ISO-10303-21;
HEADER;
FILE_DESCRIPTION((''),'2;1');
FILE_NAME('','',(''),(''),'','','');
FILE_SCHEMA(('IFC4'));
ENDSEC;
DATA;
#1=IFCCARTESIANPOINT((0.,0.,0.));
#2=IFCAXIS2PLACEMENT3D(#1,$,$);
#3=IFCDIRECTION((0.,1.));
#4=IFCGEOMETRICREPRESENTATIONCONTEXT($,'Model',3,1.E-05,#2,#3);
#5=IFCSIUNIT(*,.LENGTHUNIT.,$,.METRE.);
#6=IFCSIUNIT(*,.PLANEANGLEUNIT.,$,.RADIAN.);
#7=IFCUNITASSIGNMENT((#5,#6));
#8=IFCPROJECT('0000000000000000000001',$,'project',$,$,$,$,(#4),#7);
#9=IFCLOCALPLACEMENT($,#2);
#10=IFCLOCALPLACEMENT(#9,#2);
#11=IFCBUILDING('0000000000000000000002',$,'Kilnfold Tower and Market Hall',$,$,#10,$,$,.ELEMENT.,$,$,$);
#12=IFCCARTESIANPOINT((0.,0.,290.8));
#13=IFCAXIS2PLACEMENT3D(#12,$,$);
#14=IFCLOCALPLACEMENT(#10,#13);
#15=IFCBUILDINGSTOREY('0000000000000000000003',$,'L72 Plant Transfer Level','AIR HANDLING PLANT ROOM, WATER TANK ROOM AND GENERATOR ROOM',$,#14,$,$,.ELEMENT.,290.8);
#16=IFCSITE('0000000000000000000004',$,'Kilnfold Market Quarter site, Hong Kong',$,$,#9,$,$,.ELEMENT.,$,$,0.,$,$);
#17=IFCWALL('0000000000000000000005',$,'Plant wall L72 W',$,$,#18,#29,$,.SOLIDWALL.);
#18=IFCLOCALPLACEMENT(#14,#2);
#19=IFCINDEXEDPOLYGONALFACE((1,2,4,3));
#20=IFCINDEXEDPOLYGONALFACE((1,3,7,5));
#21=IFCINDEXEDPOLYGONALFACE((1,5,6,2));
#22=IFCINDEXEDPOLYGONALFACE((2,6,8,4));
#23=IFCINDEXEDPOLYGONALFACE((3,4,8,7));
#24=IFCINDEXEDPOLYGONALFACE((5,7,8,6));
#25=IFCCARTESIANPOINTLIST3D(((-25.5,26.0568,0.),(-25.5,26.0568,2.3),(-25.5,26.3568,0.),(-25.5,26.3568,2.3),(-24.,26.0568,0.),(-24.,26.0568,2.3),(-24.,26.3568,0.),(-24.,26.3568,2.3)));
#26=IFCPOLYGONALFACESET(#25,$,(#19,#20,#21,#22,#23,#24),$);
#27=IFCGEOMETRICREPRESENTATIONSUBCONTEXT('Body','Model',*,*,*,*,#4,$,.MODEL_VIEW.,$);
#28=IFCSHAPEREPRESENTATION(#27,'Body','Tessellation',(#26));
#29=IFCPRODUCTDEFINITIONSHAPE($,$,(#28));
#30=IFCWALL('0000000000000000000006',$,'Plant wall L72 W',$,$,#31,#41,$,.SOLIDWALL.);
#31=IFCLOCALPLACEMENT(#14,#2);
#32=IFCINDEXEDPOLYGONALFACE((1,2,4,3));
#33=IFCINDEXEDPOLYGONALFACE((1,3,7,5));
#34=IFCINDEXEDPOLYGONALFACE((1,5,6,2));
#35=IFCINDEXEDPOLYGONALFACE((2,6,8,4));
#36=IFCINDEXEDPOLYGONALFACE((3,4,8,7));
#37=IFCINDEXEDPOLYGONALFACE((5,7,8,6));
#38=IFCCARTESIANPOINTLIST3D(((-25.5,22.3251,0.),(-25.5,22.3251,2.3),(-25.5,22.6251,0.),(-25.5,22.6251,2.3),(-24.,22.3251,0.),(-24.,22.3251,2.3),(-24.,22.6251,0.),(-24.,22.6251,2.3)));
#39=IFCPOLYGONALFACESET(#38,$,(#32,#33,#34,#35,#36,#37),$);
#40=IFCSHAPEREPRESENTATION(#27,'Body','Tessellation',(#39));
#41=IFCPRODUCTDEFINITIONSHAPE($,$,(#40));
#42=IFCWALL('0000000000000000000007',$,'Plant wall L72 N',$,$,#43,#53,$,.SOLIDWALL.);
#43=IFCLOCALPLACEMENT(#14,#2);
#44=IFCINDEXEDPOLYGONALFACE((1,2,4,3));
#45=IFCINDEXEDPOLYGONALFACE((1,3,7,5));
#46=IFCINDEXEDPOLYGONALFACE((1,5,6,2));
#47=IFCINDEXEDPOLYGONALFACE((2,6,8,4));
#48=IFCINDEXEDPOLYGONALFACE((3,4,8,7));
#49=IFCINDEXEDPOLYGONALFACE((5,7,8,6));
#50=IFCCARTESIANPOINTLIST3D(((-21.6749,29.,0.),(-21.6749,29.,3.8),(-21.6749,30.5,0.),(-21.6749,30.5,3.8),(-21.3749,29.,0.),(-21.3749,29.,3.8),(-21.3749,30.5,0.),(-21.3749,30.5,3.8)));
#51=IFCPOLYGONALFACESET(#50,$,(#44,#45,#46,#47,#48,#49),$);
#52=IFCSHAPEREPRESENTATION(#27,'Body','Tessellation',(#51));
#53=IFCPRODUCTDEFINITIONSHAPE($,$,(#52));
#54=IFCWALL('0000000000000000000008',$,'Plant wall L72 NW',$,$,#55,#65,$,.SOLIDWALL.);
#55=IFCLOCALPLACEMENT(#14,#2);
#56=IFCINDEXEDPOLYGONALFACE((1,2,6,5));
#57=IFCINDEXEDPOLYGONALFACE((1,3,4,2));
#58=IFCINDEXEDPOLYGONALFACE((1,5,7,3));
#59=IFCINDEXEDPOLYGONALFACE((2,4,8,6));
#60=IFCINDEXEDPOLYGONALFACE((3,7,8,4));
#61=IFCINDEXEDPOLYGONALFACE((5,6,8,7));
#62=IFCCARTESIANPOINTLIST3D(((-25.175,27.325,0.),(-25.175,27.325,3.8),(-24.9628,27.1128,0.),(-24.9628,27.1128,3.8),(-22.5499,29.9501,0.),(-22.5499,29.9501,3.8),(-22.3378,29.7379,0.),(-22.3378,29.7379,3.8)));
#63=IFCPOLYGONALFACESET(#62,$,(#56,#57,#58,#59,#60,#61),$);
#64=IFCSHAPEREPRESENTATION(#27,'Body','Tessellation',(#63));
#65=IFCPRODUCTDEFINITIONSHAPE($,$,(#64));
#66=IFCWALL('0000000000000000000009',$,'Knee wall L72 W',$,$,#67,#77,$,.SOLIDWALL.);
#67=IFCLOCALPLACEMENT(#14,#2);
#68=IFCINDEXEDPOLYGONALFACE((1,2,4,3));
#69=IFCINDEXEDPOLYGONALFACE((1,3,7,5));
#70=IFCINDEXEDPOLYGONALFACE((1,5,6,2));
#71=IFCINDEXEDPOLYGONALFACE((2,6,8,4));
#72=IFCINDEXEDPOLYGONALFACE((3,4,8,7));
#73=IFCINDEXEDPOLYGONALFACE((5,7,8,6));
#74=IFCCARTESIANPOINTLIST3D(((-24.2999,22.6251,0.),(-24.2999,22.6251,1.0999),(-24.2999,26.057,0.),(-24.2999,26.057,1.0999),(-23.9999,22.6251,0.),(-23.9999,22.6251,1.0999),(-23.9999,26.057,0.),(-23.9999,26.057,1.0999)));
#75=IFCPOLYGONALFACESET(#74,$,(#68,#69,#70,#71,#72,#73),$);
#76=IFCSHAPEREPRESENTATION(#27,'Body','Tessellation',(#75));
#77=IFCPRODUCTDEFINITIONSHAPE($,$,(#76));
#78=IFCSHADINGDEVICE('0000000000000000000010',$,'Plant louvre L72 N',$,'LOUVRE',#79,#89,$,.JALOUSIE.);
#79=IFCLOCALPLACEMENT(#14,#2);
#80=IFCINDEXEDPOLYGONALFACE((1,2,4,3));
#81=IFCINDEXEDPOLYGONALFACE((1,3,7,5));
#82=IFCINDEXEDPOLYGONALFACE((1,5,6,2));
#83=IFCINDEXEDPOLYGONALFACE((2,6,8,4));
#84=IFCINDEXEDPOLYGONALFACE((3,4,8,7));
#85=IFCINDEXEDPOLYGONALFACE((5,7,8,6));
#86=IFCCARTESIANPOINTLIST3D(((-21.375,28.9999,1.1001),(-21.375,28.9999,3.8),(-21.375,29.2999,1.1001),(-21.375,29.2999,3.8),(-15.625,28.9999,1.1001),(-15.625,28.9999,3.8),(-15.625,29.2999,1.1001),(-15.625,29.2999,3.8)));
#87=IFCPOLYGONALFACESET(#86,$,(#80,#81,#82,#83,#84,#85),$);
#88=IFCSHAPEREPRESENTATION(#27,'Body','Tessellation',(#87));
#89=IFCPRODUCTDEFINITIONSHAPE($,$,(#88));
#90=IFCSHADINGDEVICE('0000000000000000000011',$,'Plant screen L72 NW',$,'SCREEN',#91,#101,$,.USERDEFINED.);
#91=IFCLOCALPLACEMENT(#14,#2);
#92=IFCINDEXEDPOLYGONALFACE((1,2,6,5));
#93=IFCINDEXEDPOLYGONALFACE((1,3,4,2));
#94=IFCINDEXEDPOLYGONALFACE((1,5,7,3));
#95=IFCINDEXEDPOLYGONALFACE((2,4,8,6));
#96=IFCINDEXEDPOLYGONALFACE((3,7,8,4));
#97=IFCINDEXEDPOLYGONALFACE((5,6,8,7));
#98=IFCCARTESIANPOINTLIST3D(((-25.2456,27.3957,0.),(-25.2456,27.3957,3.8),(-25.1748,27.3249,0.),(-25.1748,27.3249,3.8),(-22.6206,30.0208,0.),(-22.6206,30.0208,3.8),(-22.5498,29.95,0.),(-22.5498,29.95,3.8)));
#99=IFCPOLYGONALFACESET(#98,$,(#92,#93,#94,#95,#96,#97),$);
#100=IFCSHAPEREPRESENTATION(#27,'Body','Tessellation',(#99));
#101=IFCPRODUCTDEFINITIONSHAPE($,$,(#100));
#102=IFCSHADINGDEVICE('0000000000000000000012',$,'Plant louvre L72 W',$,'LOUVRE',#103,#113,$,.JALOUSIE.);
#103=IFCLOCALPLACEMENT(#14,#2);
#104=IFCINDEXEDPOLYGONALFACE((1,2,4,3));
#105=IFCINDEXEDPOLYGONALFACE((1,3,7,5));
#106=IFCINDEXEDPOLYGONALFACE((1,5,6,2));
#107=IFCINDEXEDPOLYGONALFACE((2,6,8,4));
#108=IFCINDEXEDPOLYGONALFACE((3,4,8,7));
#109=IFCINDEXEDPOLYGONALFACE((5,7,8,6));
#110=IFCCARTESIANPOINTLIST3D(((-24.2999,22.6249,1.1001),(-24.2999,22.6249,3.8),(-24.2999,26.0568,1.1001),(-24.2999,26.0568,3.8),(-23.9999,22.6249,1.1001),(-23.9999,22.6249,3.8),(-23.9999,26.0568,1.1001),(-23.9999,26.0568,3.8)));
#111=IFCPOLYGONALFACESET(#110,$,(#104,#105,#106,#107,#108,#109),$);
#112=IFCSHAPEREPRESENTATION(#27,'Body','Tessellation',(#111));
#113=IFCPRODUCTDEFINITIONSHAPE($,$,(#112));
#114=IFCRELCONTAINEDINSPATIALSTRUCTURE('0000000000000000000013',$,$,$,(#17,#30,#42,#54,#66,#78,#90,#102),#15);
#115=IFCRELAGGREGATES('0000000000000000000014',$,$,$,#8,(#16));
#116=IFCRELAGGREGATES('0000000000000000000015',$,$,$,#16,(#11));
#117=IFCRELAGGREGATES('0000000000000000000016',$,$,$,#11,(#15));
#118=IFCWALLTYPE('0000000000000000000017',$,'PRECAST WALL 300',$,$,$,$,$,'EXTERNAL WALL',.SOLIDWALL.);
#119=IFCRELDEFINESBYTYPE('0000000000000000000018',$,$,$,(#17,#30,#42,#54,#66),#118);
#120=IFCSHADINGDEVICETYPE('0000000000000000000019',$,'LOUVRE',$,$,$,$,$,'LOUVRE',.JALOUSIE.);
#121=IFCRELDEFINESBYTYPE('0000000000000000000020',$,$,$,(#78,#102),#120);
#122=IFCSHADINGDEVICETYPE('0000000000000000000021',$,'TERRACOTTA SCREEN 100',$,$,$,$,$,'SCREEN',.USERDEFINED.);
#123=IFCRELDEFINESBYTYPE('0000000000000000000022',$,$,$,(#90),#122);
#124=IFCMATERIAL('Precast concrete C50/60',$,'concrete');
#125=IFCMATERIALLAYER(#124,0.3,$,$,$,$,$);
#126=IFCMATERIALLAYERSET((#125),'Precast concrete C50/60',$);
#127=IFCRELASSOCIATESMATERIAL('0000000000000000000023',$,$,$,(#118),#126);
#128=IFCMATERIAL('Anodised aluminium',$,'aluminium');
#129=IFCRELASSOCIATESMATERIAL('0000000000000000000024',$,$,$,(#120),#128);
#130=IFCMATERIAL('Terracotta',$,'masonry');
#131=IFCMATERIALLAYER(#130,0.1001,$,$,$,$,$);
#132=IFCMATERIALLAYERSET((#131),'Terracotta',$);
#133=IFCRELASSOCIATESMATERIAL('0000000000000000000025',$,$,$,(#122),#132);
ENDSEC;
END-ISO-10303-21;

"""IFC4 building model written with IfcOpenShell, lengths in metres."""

from ifc_helpers import new_model, si_unit, direction, frame, frame_2d, origin, origin_2d, place, context, subcontext, project, spatial, rectangle, extrude, source, transform, mapped, material, layer, layer_set, type_object, element, save


model = new_model("IFC4")

# Units and contexts
model_context = context("Model", 3, precision=1e-05, world=origin(), true_north=direction((0.0, 1.0)))
body_context = subcontext(model_context, "Body", "Model", "MODEL_VIEW")
ifc_project = project(units=[si_unit("LENGTHUNIT", "METRE"), si_unit("PLANEANGLEUNIT", "RADIAN")], contexts=[model_context])

# Site, building, storey
site_placement = place(None, origin())
site = spatial("IfcSite", under=ifc_project, at=site_placement, Name="Kilnfold Market Quarter site, Hong Kong", CompositionType="ELEMENT", RefElevation=0.0)
building_placement = place(site_placement, origin())
building = spatial("IfcBuilding", under=site, at=building_placement, Name="Kilnfold Tower and Market Hall", CompositionType="ELEMENT")
storey_placement = place(building_placement, frame((0.0, 0.0, 290.8)))
storey = spatial("IfcBuildingStorey", under=building, at=storey_placement, Name="L72 Plant Transfer Level", Description="AIR HANDLING PLANT ROOM, WATER TANK ROOM AND GENERATOR ROOM", CompositionType="ELEMENT", Elevation=290.8)

# Walls
ifc_material_1 = material(Name="Precast concrete C50/60", Category="concrete")
ifc_layer_1 = layer(ifc_material_1, 0.3)
ifc_layer_set_1 = layer_set([ifc_layer_1], Name="Precast concrete C50/60")
wall_type_1 = type_object("IfcWallType", Name="PRECAST WALL 300", ElementType="EXTERNAL WALL", PredefinedType="SOLIDWALL", material=ifc_layer_set_1)
shared_shape_1 = source(origin(), body_context, "Body", "SweptSolid", [
    extrude(rectangle(XDim=1.5, YDim=0.3, at=frame_2d((0.75, 0.0))), origin(), (0.0, 0.0, 1.0), 2.3),
])
for number, where, z_axis, x_axis, name in (
    (1, (-25.5, 26.2068, 0.0), (0.0, 0.0, 1.0), (1.0, 0.0, 0.0), "Plant wall L72 W"),
    (2, (-25.5, 22.4751, 0.0), (0.0, 0.0, 1.0), (1.0, 0.0, 0.0), "Plant wall L72 W"),
):
    element("IfcWall", number, at=place(storey_placement, frame(where, z_axis=z_axis, x_axis=x_axis)), inside=storey, type_object=wall_type_1, Name=name, PredefinedType="SOLIDWALL", context=body_context, shape_type="MappedRepresentation", body=[
        mapped(shared_shape_1, transform((0.0, 0.0, 0.0))),
    ])
shared_shape_2 = source(origin(), body_context, "Body", "SweptSolid", [
    extrude(rectangle(XDim=1.5, YDim=0.3, at=frame_2d((0.75, 0.0))), origin(), (0.0, 0.0, 1.0), 3.8),
])
wall_1_placement = place(storey_placement, frame((-21.5249, 30.5, 0.0), z_axis=(0.0, 0.0, 1.0), x_axis=(0.0, -1.0, 0.0)))
element("IfcWall", 3, at=wall_1_placement, inside=storey, type_object=wall_type_1, Name="Plant wall L72 N", PredefinedType="SOLIDWALL", context=body_context, shape_type="MappedRepresentation", body=[
    mapped(shared_shape_2, transform((0.0, 0.0, 0.0))),
])
shared_shape_3 = source(origin(), body_context, "Body", "SweptSolid", [
    extrude(rectangle(XDim=3.7124, YDim=0.3, at=frame_2d((1.8562, 0.0))), origin(), (0.0, 0.0, 1.0), 3.8),
])
wall_2_placement = place(storey_placement, frame((-22.4438, 29.844, 0.0), z_axis=(0.0, 0.0, 1.0), x_axis=(-0.707107, -0.707107, 0.0)))
element("IfcWall", 4, at=wall_2_placement, inside=storey, type_object=wall_type_1, Name="Plant wall L72 NW", PredefinedType="SOLIDWALL", context=body_context, shape_type="MappedRepresentation", body=[
    mapped(shared_shape_3, transform((0.0, 0.0, 0.0))),
])
shared_shape_4 = source(origin(), body_context, "Body", "SweptSolid", [
    extrude(rectangle(XDim=3.4319, YDim=0.3, at=frame_2d((1.7158, 0.0))), origin(), (0.0, 0.0, 1.0), 1.0999),
])
wall_3_placement = place(storey_placement, frame((-24.1499, 26.0569, 0.0), z_axis=(0.0, 0.0, 1.0), x_axis=(0.0, -1.0, 0.0)))
element("IfcWall", 5, at=wall_3_placement, inside=storey, type_object=wall_type_1, Name="Knee wall L72 W", PredefinedType="SOLIDWALL", context=body_context, shape_type="MappedRepresentation", body=[
    mapped(shared_shape_4, transform((0.0, 0.0, 0.0))),
])

# Shading devices
ifc_material_2 = material(Name="Anodised aluminium", Category="aluminium")
shading_device_type_1 = type_object("IfcShadingDeviceType", Name="LOUVRE", ElementType="LOUVRE", PredefinedType="JALOUSIE", material=ifc_material_2)
shared_shape_5 = source(origin(), body_context, "Body", "SweptSolid", [
    extrude(rectangle(XDim=5.75, YDim=0.3, at=origin_2d()), origin(), (0.0, 0.0, 1.0), 2.7),
])
shading_device_1_placement = place(storey_placement, frame((-18.5, 29.1499, 1.1001), z_axis=(0.0, 0.0, 1.0), x_axis=(-1.0, 0.0, 0.0)))
element("IfcShadingDevice", 6, at=shading_device_1_placement, inside=storey, type_object=shading_device_type_1, Name="Plant louvre L72 N", ObjectType="LOUVRE", PredefinedType="JALOUSIE", context=body_context, shape_type="MappedRepresentation", body=[
    mapped(shared_shape_5, transform((0.0, 0.0, 0.0))),
])
ifc_material_3 = material(Name="Terracotta", Category="masonry")
ifc_layer_2 = layer(ifc_material_3, 0.1001)
ifc_layer_set_2 = layer_set([ifc_layer_2], Name="Terracotta")
shading_device_type_2 = type_object("IfcShadingDeviceType", Name="TERRACOTTA SCREEN 100", ElementType="SCREEN", PredefinedType="USERDEFINED", material=ifc_layer_set_2)
shared_shape_6 = source(origin(), body_context, "Body", "SweptSolid", [
    extrude(rectangle(XDim=3.7124, YDim=0.1001, at=origin_2d()), origin(), (0.0, 0.0, 1.0), 3.8),
])
shading_device_2_placement = place(storey_placement, frame((-23.8977, 28.6729, 0.0), z_axis=(0.0, 0.0, 1.0), x_axis=(-0.707107, -0.707107, 0.0)))
element("IfcShadingDevice", 7, at=shading_device_2_placement, inside=storey, type_object=shading_device_type_2, Name="Plant screen L72 NW", ObjectType="SCREEN", PredefinedType="USERDEFINED", context=body_context, shape_type="MappedRepresentation", body=[
    mapped(shared_shape_6, transform((0.0, 0.0, 0.0))),
])
shared_shape_7 = source(origin(), body_context, "Body", "SweptSolid", [
    extrude(rectangle(XDim=3.4319, YDim=0.3, at=origin_2d()), origin(), (0.0, 0.0, 1.0), 2.7),
])
shading_device_3_placement = place(storey_placement, frame((-24.1499, 24.3408, 1.1001), z_axis=(0.0, 0.0, 1.0), x_axis=(0.0, -1.0, 0.0)))
element("IfcShadingDevice", 8, at=shading_device_3_placement, inside=storey, type_object=shading_device_type_1, Name="Plant louvre L72 W", ObjectType="LOUVRE", PredefinedType="JALOUSIE", context=body_context, shape_type="MappedRepresentation", body=[
    mapped(shared_shape_7, transform((0.0, 0.0, 0.0))),
])

save(model, "model.ifc")
